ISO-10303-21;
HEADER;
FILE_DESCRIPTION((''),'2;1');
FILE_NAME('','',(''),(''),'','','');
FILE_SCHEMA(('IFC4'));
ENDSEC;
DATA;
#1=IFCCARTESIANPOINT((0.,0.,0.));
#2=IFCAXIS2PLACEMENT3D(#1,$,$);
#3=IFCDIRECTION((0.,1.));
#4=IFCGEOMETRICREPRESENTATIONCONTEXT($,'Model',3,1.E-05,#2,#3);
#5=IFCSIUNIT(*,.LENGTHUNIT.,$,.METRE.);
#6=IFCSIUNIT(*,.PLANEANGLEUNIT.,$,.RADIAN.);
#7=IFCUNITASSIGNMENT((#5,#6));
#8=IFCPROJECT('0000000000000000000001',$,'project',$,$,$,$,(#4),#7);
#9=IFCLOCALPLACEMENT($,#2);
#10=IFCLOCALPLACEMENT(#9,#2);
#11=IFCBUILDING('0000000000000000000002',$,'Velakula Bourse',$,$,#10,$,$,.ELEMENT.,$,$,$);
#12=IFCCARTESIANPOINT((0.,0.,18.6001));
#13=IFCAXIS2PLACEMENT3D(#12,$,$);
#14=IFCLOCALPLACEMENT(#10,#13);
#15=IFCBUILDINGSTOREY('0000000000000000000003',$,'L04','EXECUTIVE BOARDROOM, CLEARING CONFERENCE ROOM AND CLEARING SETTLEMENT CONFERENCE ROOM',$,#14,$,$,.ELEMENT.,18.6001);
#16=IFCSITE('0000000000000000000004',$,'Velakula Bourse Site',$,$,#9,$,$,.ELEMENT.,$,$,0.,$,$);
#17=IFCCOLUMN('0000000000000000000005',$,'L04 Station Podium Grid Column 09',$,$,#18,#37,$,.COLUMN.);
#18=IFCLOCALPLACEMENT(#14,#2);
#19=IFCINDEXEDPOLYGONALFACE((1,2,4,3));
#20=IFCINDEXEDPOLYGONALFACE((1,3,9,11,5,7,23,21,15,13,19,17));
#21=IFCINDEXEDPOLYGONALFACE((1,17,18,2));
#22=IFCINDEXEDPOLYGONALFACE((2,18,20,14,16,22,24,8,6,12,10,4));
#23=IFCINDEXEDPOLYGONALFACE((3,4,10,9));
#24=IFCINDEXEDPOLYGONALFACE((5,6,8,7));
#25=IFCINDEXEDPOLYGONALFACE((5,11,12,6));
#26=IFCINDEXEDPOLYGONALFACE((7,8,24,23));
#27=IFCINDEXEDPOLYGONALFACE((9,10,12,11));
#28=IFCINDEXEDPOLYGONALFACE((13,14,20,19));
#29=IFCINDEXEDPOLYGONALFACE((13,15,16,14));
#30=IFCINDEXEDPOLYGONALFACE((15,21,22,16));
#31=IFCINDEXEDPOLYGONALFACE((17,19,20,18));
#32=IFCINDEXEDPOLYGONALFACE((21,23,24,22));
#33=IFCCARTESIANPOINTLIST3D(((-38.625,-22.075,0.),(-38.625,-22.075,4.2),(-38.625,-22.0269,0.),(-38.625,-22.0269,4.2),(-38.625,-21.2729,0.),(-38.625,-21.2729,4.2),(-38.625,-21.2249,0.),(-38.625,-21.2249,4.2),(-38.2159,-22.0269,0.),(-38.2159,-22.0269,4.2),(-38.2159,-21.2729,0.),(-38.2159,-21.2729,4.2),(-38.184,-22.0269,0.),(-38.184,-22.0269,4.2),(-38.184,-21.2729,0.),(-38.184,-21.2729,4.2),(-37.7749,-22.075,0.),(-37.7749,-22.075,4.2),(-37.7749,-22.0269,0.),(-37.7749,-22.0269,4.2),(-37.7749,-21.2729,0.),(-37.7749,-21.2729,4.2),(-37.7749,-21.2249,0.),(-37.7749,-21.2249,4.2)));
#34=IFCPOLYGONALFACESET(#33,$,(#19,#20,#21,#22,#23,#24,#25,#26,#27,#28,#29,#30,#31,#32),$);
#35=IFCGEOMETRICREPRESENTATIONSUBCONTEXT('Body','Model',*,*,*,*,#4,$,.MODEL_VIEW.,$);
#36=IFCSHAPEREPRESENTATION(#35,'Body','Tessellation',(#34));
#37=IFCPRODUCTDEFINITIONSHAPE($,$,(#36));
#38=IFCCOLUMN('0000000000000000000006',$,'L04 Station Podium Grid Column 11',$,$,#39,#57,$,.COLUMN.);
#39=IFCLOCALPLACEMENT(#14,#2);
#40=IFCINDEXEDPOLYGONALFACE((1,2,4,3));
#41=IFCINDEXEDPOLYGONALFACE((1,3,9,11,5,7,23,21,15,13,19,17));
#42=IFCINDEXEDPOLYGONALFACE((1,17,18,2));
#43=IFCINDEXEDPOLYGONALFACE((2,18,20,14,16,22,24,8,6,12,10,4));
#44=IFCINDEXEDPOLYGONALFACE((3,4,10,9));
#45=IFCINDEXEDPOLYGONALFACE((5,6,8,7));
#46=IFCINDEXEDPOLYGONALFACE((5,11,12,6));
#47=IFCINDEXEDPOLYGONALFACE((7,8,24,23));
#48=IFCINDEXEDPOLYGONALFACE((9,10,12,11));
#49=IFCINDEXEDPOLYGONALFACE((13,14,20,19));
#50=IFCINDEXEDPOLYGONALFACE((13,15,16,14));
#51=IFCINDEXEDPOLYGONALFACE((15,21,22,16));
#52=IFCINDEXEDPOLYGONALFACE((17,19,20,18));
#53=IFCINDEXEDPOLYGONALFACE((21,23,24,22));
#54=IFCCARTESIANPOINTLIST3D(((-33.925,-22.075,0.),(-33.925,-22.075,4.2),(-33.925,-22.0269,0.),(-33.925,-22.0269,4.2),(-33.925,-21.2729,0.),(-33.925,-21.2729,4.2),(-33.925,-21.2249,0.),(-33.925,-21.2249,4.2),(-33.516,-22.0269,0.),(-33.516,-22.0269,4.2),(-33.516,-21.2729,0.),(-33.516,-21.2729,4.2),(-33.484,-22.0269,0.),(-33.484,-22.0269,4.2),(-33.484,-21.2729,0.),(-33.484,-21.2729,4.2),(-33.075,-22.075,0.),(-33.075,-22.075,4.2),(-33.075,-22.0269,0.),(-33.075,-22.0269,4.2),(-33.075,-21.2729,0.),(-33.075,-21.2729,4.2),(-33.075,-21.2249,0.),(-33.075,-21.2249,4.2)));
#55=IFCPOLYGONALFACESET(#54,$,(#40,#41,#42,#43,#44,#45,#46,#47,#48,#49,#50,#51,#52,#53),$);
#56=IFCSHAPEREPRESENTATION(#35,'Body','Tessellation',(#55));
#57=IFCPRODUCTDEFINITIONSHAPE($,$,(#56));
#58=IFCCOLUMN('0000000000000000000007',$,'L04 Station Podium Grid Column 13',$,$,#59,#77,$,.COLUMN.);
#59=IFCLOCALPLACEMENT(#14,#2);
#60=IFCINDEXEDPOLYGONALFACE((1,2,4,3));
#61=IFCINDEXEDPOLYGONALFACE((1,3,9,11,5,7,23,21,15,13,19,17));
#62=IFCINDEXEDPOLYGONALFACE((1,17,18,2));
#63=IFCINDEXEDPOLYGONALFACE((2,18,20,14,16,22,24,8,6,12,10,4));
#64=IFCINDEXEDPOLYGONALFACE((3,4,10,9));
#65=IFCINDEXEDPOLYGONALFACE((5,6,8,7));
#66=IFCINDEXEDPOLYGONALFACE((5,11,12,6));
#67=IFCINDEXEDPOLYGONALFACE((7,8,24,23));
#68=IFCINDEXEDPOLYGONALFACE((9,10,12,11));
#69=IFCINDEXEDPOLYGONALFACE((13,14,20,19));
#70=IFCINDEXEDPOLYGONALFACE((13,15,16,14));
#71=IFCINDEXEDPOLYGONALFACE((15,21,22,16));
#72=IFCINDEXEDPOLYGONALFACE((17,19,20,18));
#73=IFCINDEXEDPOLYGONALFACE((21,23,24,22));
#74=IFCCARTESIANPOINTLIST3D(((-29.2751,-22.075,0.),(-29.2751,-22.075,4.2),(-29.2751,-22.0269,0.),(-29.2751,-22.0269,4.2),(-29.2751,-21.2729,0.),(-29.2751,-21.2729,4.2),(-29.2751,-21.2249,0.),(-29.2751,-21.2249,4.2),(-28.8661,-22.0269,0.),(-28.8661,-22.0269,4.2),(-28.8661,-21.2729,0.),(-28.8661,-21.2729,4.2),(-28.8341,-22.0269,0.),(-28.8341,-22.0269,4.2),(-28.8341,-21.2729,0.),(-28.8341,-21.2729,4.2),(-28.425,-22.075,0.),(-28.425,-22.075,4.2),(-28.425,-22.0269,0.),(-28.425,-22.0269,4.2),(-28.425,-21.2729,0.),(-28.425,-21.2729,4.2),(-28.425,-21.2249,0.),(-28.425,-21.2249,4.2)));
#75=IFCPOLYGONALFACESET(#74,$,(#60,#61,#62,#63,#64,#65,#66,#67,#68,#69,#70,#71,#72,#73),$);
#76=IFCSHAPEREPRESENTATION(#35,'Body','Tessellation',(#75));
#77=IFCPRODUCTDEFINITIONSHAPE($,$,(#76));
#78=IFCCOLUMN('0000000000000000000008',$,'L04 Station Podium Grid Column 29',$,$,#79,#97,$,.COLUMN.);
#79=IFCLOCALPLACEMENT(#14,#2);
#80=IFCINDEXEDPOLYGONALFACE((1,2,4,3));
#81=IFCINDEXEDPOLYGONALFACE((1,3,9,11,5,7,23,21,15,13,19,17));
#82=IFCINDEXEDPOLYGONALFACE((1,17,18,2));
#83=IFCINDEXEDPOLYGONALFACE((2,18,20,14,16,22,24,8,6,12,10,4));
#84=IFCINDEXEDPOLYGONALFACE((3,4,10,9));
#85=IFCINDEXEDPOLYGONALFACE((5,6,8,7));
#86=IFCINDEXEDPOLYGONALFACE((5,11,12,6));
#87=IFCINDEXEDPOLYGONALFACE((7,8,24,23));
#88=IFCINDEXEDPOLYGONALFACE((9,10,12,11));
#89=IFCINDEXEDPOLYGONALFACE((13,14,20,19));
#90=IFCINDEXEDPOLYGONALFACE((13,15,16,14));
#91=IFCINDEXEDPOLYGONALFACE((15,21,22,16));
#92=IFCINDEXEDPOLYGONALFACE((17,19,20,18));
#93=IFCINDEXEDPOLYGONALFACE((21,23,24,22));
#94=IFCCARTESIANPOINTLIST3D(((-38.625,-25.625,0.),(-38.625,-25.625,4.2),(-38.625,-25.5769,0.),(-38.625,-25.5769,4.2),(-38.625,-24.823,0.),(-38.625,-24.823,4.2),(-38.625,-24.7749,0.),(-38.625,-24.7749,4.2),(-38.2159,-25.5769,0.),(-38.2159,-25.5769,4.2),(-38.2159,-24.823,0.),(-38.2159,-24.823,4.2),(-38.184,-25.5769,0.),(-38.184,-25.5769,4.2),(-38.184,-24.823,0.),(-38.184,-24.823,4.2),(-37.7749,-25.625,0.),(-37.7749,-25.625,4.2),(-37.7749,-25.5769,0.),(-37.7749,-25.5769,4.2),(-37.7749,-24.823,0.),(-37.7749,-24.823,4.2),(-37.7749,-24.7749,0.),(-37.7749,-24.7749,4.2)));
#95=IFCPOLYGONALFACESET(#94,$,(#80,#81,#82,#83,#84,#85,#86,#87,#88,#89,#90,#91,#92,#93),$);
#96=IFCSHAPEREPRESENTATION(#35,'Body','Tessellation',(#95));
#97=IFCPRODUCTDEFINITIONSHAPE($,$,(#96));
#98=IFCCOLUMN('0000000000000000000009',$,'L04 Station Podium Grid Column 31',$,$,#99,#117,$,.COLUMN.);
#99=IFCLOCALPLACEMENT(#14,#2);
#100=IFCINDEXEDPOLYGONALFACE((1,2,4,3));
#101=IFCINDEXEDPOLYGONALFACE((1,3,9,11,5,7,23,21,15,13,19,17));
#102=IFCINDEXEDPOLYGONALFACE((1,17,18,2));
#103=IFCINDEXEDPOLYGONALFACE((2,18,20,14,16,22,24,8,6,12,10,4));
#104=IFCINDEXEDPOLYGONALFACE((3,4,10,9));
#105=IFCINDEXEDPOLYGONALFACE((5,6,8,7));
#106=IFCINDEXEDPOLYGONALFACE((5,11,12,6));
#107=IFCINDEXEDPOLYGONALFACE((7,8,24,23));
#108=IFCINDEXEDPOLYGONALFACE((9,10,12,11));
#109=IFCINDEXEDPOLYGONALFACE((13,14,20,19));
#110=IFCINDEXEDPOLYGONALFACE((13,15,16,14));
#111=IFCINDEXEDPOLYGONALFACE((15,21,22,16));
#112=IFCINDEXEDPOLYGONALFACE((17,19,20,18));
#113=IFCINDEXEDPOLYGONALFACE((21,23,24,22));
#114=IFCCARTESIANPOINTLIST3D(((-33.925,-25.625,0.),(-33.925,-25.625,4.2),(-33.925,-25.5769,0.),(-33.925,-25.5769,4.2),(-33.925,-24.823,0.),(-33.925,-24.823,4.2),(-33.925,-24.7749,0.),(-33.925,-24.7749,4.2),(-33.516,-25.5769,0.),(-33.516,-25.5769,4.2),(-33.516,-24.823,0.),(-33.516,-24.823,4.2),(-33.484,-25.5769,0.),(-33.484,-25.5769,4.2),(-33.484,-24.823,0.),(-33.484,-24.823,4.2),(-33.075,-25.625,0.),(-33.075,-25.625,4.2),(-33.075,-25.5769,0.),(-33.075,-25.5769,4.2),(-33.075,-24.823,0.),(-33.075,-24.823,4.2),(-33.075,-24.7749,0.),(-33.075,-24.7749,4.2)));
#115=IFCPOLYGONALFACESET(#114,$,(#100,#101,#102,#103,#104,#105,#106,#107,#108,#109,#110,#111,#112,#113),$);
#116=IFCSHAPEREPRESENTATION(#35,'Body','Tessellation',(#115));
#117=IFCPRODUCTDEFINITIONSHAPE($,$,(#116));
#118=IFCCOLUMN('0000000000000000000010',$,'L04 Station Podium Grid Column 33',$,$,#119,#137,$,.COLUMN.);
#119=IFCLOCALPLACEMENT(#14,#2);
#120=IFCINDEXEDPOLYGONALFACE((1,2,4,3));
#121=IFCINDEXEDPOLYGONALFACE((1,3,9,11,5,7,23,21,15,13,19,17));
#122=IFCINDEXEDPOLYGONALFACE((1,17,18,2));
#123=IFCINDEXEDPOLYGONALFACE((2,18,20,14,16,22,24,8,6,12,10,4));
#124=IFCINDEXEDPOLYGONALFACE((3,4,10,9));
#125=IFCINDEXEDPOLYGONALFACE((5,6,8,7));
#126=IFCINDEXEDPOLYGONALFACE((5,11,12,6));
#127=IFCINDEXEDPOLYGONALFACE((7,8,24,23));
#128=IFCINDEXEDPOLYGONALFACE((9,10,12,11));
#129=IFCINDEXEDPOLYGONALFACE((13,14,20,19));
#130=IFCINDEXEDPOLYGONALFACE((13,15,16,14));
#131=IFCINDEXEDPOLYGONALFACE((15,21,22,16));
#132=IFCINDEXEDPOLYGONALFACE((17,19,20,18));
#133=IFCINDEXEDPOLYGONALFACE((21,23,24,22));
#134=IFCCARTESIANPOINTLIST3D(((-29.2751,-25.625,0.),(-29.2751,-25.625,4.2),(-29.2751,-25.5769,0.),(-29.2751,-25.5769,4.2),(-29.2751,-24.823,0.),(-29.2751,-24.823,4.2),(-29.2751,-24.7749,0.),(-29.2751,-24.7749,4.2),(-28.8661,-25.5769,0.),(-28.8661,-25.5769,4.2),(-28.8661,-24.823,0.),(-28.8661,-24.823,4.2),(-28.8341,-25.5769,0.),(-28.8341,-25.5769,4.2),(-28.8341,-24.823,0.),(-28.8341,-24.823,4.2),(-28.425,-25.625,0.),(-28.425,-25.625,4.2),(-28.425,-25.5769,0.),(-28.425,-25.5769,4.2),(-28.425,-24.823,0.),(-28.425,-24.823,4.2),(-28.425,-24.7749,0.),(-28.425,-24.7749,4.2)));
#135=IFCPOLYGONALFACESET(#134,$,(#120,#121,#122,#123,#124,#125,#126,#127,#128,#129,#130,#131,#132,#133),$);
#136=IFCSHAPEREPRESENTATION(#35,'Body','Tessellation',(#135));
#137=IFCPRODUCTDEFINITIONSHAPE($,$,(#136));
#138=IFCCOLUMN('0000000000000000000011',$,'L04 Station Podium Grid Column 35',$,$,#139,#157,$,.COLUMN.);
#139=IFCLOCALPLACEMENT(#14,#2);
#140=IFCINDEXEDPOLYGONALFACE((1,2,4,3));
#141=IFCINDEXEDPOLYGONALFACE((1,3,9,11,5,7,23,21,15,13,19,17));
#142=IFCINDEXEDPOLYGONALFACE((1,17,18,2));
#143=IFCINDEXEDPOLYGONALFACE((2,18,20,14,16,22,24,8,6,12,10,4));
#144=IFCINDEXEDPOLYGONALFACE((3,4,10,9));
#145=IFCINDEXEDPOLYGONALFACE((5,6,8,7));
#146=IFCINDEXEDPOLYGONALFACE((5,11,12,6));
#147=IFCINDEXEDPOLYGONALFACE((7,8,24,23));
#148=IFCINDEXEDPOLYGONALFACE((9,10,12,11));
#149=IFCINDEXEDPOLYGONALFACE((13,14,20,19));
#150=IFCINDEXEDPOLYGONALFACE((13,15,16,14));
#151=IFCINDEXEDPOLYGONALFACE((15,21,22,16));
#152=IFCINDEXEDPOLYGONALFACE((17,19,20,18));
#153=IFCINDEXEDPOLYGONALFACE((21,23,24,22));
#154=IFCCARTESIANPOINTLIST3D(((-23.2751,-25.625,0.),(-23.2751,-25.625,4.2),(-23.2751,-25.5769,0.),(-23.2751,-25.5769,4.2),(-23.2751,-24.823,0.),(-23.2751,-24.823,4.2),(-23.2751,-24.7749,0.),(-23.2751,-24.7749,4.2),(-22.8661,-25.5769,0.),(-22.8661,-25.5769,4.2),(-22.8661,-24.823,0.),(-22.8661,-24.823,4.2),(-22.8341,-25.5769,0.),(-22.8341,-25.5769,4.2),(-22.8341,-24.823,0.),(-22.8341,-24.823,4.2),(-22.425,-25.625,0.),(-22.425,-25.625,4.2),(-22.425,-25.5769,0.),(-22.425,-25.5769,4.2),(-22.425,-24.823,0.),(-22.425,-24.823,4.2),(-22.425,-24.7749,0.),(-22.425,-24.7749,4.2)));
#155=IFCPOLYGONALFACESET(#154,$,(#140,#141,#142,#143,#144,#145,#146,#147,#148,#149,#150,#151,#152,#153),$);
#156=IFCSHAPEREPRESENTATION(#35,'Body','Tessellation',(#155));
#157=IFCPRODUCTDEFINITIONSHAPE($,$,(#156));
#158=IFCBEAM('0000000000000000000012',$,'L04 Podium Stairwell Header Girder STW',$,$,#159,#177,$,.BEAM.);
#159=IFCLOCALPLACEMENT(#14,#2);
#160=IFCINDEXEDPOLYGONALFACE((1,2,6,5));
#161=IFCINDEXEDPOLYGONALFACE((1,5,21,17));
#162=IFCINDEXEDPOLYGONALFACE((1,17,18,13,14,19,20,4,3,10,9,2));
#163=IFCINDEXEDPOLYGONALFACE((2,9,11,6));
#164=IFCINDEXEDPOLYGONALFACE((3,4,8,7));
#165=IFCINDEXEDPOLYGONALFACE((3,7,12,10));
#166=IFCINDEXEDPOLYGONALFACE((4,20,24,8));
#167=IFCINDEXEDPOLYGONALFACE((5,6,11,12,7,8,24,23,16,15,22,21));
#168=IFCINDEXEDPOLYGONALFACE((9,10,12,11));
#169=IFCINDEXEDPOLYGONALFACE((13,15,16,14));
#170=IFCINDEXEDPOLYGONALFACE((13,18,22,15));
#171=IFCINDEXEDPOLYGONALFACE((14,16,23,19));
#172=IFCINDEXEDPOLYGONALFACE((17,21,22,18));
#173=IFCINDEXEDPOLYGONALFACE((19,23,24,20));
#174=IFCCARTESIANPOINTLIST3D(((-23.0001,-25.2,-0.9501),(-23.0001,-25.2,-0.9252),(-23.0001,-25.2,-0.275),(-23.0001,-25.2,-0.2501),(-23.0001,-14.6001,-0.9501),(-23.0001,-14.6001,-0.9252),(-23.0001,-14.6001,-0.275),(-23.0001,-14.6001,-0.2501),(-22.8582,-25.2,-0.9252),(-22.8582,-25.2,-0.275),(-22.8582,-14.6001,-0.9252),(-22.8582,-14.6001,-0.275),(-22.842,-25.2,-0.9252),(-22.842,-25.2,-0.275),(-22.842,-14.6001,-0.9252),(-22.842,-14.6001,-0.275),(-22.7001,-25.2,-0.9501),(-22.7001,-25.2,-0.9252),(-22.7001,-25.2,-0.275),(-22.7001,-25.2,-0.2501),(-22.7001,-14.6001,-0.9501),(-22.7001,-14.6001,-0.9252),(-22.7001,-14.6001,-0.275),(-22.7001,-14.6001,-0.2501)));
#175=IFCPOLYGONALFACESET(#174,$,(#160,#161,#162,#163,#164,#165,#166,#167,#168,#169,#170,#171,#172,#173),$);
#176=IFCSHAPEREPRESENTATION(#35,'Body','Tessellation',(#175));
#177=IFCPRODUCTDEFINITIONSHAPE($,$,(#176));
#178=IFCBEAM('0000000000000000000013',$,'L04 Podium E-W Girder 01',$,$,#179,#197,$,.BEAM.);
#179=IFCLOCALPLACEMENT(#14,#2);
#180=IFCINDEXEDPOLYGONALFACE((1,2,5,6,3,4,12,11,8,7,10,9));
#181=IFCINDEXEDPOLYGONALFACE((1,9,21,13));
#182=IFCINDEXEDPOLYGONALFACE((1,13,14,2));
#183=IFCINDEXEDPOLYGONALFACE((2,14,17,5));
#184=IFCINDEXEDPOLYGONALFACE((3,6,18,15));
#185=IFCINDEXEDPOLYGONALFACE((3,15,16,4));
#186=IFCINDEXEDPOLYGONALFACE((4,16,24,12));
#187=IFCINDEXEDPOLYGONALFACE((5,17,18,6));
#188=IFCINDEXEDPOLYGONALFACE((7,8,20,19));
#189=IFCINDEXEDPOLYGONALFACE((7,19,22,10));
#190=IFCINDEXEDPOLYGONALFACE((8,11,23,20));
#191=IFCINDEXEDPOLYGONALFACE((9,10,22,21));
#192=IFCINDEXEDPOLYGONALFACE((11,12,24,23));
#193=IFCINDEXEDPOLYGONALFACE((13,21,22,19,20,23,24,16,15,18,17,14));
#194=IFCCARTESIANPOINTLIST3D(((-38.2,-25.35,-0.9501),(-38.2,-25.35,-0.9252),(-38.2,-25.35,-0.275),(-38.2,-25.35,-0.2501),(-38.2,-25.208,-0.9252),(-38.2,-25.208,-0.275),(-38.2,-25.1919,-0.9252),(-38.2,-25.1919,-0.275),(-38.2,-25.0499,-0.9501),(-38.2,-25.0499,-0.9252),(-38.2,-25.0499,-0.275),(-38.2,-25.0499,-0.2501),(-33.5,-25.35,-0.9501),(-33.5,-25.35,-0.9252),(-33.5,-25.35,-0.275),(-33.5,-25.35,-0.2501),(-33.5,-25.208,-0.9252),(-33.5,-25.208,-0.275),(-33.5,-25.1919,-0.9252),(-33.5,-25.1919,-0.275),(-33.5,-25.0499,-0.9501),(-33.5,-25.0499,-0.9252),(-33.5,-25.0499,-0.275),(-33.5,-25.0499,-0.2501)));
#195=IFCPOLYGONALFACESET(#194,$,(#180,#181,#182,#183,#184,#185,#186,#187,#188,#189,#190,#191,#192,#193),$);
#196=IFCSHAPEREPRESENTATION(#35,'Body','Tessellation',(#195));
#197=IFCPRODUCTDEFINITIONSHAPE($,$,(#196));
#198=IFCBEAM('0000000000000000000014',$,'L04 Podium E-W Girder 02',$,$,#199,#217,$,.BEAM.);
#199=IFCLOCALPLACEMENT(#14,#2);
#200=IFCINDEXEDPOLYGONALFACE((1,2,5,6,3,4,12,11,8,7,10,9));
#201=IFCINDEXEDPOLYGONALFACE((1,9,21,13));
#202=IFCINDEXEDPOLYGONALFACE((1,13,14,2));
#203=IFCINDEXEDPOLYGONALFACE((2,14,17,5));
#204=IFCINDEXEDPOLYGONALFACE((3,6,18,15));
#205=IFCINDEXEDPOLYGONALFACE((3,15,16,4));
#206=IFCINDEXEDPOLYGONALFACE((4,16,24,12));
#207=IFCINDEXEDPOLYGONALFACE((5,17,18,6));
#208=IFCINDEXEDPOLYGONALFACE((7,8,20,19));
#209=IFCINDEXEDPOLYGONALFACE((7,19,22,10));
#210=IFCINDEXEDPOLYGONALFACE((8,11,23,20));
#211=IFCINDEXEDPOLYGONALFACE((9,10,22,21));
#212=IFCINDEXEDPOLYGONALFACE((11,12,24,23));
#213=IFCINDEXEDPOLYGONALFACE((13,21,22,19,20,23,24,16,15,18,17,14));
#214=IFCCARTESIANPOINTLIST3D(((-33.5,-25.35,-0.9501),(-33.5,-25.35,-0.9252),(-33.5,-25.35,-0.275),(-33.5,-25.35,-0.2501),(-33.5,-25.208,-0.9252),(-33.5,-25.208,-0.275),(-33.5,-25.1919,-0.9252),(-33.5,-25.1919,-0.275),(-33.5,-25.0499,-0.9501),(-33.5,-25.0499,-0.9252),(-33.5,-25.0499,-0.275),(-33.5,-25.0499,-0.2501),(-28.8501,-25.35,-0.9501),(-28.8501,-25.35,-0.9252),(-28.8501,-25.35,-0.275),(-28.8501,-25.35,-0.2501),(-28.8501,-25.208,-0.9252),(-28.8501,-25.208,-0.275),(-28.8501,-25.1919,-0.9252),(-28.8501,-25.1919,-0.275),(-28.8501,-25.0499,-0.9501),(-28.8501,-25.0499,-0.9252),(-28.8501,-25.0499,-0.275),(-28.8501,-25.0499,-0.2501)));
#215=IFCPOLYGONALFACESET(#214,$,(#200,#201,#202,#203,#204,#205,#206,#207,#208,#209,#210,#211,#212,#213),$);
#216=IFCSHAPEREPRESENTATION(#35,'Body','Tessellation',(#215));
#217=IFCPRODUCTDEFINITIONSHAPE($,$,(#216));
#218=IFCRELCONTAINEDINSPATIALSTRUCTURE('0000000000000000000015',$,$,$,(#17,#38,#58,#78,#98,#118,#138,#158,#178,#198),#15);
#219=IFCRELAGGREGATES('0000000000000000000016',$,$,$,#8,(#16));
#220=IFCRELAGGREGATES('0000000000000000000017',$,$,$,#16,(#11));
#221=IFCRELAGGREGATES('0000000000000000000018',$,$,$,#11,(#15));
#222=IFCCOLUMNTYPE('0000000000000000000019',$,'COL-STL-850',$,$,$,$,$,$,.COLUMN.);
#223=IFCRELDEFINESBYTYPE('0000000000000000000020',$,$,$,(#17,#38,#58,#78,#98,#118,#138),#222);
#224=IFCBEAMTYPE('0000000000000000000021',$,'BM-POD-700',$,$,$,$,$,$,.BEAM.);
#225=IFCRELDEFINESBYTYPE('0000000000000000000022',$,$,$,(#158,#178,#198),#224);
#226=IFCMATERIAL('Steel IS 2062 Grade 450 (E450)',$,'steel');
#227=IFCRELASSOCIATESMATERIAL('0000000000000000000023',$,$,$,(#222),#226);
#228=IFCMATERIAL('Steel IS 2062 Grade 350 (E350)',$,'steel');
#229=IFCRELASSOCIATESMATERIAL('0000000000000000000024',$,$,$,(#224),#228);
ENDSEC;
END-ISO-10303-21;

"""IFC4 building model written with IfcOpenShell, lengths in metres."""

from ifc_helpers import new_model, si_unit, direction, frame, origin, origin_2d, place, context, subcontext, project, spatial, i_section, extrude, material, material_profile, profile_set, type_object, element, save


model = new_model("IFC4")

# Units and contexts
model_context = context("Model", 3, precision=1e-05, world=origin(), true_north=direction((0.0, 1.0)))
body_context = subcontext(model_context, "Body", "Model", "MODEL_VIEW")
ifc_project = project(units=[si_unit("LENGTHUNIT", "METRE"), si_unit("PLANEANGLEUNIT", "RADIAN")], contexts=[model_context])

# Site, building, storey
site_placement = place(None, origin())
site = spatial("IfcSite", under=ifc_project, at=site_placement, Name="Velakula Bourse Site", CompositionType="ELEMENT", RefElevation=0.0)
building_placement = place(site_placement, origin())
building = spatial("IfcBuilding", under=site, at=building_placement, Name="Velakula Bourse", CompositionType="ELEMENT")
storey_placement = place(building_placement, frame((0.0, 0.0, 18.6001)))
storey = spatial("IfcBuildingStorey", under=building, at=storey_placement, Name="L04", Description="EXECUTIVE BOARDROOM, CLEARING CONFERENCE ROOM AND CLEARING SETTLEMENT CONFERENCE ROOM", CompositionType="ELEMENT", Elevation=18.6001)

# Columns
ifc_material_1 = material(Name="Steel IS 2062 Grade 450 (E450)", Category="steel")
ifc_material_profile_1 = material_profile(ifc_material_1, i_section(OverallWidth=0.8501, OverallDepth=0.8501, WebThickness=0.032, FlangeThickness=0.0481, at=origin_2d()), Name="Steel IS 2062 Grade 450 (E450)")
ifc_profile_set_1 = profile_set([ifc_material_profile_1], Name="Steel IS 2062 Grade 450 (E450)")
column_type = type_object("IfcColumnType", Name="COL-STL-850", PredefinedType="COLUMN", material=ifc_profile_set_1)
for number, where, z_axis, x_axis, name in (
    (1, (-38.2, -21.6499, 0.0), (0.0, 0.0, 1.0), (1.0, 0.0, 0.0), "L04 Station Podium Grid Column 09"),
    (2, (-33.5, -21.6499, 0.0), (0.0, 0.0, 1.0), (1.0, 0.0, 0.0), "L04 Station Podium Grid Column 11"),
    (3, (-28.8501, -21.6499, 0.0), (0.0, 0.0, 1.0), (1.0, 0.0, 0.0), "L04 Station Podium Grid Column 13"),
    (4, (-38.2, -25.2, 0.0), (0.0, 0.0, 1.0), (1.0, 0.0, 0.0), "L04 Station Podium Grid Column 29"),
    (5, (-33.5, -25.2, 0.0), (0.0, 0.0, 1.0), (1.0, 0.0, 0.0), "L04 Station Podium Grid Column 31"),
    (6, (-28.8501, -25.2, 0.0), (0.0, 0.0, 1.0), (1.0, 0.0, 0.0), "L04 Station Podium Grid Column 33"),
    (7, (-22.8501, -25.2, 0.0), (0.0, 0.0, 1.0), (1.0, 0.0, 0.0), "L04 Station Podium Grid Column 35"),
):
    element("IfcColumn", number, at=place(storey_placement, frame(where, z_axis=z_axis, x_axis=x_axis)), inside=storey, type_object=column_type, Name=name, PredefinedType="COLUMN", context=body_context, shape_type="SweptSolid", body=[
        extrude(i_section(OverallWidth=0.8501, OverallDepth=0.8501, WebThickness=0.032, FlangeThickness=0.0481, at=origin_2d()), origin(), (0.0, 0.0, 1.0), 4.2),
    ])

# Beams
ifc_material_2 = material(Name="Steel IS 2062 Grade 350 (E350)", Category="steel")
ifc_material_profile_2 = material_profile(ifc_material_2, i_section(OverallWidth=0.3, OverallDepth=0.7, WebThickness=0.0161, FlangeThickness=0.0249, at=origin_2d()), Name="Steel IS 2062 Grade 350 (E350)")
ifc_profile_set_2 = profile_set([ifc_material_profile_2], Name="Steel IS 2062 Grade 350 (E350)")
beam_type_1 = type_object("IfcBeamType", Name="BM-POD-700", PredefinedType="BEAM", material=ifc_profile_set_2)
beam_1_placement = place(storey_placement, frame((-22.8501, -25.2, -0.6001), z_axis=(0.0, 1.0, 0.0), x_axis=(-1.0, 0.0, 0.0)))
element("IfcBeam", 8, at=beam_1_placement, inside=storey, type_object=beam_type_1, Name="L04 Podium Stairwell Header Girder STW", PredefinedType="BEAM", context=body_context, shape_type="SweptSolid", body=[
    extrude(i_section(OverallWidth=0.3, OverallDepth=0.7, WebThickness=0.0161, FlangeThickness=0.0249, at=origin_2d()), origin(), (0.0, 0.0, 1.0), 10.5999),
])
beam_2_placement = place(storey_placement, frame((-38.2, -25.2, -0.6001), z_axis=(1.0, 0.0, 0.0), x_axis=(0.0, 1.0, 0.0)))
element("IfcBeam", 9, at=beam_2_placement, inside=storey, type_object=beam_type_1, Name="L04 Podium E-W Girder 01", PredefinedType="BEAM", context=body_context, shape_type="SweptSolid", body=[
    extrude(i_section(OverallWidth=0.3, OverallDepth=0.7, WebThickness=0.0161, FlangeThickness=0.0249, at=origin_2d()), origin(), (0.0, 0.0, 1.0), 4.7),
])
beam_3_placement = place(storey_placement, frame((-33.5, -25.2, -0.6001), z_axis=(1.0, 0.0, 0.0), x_axis=(0.0, 1.0, 0.0)))
element("IfcBeam", 10, at=beam_3_placement, inside=storey, type_object=beam_type_1, Name="L04 Podium E-W Girder 02", PredefinedType="BEAM", context=body_context, shape_type="SweptSolid", body=[
    extrude(i_section(OverallWidth=0.3, OverallDepth=0.7, WebThickness=0.0161, FlangeThickness=0.0249, at=origin_2d()), origin(), (0.0, 0.0, 1.0), 4.6499),
])

save(model, "model.ifc")
